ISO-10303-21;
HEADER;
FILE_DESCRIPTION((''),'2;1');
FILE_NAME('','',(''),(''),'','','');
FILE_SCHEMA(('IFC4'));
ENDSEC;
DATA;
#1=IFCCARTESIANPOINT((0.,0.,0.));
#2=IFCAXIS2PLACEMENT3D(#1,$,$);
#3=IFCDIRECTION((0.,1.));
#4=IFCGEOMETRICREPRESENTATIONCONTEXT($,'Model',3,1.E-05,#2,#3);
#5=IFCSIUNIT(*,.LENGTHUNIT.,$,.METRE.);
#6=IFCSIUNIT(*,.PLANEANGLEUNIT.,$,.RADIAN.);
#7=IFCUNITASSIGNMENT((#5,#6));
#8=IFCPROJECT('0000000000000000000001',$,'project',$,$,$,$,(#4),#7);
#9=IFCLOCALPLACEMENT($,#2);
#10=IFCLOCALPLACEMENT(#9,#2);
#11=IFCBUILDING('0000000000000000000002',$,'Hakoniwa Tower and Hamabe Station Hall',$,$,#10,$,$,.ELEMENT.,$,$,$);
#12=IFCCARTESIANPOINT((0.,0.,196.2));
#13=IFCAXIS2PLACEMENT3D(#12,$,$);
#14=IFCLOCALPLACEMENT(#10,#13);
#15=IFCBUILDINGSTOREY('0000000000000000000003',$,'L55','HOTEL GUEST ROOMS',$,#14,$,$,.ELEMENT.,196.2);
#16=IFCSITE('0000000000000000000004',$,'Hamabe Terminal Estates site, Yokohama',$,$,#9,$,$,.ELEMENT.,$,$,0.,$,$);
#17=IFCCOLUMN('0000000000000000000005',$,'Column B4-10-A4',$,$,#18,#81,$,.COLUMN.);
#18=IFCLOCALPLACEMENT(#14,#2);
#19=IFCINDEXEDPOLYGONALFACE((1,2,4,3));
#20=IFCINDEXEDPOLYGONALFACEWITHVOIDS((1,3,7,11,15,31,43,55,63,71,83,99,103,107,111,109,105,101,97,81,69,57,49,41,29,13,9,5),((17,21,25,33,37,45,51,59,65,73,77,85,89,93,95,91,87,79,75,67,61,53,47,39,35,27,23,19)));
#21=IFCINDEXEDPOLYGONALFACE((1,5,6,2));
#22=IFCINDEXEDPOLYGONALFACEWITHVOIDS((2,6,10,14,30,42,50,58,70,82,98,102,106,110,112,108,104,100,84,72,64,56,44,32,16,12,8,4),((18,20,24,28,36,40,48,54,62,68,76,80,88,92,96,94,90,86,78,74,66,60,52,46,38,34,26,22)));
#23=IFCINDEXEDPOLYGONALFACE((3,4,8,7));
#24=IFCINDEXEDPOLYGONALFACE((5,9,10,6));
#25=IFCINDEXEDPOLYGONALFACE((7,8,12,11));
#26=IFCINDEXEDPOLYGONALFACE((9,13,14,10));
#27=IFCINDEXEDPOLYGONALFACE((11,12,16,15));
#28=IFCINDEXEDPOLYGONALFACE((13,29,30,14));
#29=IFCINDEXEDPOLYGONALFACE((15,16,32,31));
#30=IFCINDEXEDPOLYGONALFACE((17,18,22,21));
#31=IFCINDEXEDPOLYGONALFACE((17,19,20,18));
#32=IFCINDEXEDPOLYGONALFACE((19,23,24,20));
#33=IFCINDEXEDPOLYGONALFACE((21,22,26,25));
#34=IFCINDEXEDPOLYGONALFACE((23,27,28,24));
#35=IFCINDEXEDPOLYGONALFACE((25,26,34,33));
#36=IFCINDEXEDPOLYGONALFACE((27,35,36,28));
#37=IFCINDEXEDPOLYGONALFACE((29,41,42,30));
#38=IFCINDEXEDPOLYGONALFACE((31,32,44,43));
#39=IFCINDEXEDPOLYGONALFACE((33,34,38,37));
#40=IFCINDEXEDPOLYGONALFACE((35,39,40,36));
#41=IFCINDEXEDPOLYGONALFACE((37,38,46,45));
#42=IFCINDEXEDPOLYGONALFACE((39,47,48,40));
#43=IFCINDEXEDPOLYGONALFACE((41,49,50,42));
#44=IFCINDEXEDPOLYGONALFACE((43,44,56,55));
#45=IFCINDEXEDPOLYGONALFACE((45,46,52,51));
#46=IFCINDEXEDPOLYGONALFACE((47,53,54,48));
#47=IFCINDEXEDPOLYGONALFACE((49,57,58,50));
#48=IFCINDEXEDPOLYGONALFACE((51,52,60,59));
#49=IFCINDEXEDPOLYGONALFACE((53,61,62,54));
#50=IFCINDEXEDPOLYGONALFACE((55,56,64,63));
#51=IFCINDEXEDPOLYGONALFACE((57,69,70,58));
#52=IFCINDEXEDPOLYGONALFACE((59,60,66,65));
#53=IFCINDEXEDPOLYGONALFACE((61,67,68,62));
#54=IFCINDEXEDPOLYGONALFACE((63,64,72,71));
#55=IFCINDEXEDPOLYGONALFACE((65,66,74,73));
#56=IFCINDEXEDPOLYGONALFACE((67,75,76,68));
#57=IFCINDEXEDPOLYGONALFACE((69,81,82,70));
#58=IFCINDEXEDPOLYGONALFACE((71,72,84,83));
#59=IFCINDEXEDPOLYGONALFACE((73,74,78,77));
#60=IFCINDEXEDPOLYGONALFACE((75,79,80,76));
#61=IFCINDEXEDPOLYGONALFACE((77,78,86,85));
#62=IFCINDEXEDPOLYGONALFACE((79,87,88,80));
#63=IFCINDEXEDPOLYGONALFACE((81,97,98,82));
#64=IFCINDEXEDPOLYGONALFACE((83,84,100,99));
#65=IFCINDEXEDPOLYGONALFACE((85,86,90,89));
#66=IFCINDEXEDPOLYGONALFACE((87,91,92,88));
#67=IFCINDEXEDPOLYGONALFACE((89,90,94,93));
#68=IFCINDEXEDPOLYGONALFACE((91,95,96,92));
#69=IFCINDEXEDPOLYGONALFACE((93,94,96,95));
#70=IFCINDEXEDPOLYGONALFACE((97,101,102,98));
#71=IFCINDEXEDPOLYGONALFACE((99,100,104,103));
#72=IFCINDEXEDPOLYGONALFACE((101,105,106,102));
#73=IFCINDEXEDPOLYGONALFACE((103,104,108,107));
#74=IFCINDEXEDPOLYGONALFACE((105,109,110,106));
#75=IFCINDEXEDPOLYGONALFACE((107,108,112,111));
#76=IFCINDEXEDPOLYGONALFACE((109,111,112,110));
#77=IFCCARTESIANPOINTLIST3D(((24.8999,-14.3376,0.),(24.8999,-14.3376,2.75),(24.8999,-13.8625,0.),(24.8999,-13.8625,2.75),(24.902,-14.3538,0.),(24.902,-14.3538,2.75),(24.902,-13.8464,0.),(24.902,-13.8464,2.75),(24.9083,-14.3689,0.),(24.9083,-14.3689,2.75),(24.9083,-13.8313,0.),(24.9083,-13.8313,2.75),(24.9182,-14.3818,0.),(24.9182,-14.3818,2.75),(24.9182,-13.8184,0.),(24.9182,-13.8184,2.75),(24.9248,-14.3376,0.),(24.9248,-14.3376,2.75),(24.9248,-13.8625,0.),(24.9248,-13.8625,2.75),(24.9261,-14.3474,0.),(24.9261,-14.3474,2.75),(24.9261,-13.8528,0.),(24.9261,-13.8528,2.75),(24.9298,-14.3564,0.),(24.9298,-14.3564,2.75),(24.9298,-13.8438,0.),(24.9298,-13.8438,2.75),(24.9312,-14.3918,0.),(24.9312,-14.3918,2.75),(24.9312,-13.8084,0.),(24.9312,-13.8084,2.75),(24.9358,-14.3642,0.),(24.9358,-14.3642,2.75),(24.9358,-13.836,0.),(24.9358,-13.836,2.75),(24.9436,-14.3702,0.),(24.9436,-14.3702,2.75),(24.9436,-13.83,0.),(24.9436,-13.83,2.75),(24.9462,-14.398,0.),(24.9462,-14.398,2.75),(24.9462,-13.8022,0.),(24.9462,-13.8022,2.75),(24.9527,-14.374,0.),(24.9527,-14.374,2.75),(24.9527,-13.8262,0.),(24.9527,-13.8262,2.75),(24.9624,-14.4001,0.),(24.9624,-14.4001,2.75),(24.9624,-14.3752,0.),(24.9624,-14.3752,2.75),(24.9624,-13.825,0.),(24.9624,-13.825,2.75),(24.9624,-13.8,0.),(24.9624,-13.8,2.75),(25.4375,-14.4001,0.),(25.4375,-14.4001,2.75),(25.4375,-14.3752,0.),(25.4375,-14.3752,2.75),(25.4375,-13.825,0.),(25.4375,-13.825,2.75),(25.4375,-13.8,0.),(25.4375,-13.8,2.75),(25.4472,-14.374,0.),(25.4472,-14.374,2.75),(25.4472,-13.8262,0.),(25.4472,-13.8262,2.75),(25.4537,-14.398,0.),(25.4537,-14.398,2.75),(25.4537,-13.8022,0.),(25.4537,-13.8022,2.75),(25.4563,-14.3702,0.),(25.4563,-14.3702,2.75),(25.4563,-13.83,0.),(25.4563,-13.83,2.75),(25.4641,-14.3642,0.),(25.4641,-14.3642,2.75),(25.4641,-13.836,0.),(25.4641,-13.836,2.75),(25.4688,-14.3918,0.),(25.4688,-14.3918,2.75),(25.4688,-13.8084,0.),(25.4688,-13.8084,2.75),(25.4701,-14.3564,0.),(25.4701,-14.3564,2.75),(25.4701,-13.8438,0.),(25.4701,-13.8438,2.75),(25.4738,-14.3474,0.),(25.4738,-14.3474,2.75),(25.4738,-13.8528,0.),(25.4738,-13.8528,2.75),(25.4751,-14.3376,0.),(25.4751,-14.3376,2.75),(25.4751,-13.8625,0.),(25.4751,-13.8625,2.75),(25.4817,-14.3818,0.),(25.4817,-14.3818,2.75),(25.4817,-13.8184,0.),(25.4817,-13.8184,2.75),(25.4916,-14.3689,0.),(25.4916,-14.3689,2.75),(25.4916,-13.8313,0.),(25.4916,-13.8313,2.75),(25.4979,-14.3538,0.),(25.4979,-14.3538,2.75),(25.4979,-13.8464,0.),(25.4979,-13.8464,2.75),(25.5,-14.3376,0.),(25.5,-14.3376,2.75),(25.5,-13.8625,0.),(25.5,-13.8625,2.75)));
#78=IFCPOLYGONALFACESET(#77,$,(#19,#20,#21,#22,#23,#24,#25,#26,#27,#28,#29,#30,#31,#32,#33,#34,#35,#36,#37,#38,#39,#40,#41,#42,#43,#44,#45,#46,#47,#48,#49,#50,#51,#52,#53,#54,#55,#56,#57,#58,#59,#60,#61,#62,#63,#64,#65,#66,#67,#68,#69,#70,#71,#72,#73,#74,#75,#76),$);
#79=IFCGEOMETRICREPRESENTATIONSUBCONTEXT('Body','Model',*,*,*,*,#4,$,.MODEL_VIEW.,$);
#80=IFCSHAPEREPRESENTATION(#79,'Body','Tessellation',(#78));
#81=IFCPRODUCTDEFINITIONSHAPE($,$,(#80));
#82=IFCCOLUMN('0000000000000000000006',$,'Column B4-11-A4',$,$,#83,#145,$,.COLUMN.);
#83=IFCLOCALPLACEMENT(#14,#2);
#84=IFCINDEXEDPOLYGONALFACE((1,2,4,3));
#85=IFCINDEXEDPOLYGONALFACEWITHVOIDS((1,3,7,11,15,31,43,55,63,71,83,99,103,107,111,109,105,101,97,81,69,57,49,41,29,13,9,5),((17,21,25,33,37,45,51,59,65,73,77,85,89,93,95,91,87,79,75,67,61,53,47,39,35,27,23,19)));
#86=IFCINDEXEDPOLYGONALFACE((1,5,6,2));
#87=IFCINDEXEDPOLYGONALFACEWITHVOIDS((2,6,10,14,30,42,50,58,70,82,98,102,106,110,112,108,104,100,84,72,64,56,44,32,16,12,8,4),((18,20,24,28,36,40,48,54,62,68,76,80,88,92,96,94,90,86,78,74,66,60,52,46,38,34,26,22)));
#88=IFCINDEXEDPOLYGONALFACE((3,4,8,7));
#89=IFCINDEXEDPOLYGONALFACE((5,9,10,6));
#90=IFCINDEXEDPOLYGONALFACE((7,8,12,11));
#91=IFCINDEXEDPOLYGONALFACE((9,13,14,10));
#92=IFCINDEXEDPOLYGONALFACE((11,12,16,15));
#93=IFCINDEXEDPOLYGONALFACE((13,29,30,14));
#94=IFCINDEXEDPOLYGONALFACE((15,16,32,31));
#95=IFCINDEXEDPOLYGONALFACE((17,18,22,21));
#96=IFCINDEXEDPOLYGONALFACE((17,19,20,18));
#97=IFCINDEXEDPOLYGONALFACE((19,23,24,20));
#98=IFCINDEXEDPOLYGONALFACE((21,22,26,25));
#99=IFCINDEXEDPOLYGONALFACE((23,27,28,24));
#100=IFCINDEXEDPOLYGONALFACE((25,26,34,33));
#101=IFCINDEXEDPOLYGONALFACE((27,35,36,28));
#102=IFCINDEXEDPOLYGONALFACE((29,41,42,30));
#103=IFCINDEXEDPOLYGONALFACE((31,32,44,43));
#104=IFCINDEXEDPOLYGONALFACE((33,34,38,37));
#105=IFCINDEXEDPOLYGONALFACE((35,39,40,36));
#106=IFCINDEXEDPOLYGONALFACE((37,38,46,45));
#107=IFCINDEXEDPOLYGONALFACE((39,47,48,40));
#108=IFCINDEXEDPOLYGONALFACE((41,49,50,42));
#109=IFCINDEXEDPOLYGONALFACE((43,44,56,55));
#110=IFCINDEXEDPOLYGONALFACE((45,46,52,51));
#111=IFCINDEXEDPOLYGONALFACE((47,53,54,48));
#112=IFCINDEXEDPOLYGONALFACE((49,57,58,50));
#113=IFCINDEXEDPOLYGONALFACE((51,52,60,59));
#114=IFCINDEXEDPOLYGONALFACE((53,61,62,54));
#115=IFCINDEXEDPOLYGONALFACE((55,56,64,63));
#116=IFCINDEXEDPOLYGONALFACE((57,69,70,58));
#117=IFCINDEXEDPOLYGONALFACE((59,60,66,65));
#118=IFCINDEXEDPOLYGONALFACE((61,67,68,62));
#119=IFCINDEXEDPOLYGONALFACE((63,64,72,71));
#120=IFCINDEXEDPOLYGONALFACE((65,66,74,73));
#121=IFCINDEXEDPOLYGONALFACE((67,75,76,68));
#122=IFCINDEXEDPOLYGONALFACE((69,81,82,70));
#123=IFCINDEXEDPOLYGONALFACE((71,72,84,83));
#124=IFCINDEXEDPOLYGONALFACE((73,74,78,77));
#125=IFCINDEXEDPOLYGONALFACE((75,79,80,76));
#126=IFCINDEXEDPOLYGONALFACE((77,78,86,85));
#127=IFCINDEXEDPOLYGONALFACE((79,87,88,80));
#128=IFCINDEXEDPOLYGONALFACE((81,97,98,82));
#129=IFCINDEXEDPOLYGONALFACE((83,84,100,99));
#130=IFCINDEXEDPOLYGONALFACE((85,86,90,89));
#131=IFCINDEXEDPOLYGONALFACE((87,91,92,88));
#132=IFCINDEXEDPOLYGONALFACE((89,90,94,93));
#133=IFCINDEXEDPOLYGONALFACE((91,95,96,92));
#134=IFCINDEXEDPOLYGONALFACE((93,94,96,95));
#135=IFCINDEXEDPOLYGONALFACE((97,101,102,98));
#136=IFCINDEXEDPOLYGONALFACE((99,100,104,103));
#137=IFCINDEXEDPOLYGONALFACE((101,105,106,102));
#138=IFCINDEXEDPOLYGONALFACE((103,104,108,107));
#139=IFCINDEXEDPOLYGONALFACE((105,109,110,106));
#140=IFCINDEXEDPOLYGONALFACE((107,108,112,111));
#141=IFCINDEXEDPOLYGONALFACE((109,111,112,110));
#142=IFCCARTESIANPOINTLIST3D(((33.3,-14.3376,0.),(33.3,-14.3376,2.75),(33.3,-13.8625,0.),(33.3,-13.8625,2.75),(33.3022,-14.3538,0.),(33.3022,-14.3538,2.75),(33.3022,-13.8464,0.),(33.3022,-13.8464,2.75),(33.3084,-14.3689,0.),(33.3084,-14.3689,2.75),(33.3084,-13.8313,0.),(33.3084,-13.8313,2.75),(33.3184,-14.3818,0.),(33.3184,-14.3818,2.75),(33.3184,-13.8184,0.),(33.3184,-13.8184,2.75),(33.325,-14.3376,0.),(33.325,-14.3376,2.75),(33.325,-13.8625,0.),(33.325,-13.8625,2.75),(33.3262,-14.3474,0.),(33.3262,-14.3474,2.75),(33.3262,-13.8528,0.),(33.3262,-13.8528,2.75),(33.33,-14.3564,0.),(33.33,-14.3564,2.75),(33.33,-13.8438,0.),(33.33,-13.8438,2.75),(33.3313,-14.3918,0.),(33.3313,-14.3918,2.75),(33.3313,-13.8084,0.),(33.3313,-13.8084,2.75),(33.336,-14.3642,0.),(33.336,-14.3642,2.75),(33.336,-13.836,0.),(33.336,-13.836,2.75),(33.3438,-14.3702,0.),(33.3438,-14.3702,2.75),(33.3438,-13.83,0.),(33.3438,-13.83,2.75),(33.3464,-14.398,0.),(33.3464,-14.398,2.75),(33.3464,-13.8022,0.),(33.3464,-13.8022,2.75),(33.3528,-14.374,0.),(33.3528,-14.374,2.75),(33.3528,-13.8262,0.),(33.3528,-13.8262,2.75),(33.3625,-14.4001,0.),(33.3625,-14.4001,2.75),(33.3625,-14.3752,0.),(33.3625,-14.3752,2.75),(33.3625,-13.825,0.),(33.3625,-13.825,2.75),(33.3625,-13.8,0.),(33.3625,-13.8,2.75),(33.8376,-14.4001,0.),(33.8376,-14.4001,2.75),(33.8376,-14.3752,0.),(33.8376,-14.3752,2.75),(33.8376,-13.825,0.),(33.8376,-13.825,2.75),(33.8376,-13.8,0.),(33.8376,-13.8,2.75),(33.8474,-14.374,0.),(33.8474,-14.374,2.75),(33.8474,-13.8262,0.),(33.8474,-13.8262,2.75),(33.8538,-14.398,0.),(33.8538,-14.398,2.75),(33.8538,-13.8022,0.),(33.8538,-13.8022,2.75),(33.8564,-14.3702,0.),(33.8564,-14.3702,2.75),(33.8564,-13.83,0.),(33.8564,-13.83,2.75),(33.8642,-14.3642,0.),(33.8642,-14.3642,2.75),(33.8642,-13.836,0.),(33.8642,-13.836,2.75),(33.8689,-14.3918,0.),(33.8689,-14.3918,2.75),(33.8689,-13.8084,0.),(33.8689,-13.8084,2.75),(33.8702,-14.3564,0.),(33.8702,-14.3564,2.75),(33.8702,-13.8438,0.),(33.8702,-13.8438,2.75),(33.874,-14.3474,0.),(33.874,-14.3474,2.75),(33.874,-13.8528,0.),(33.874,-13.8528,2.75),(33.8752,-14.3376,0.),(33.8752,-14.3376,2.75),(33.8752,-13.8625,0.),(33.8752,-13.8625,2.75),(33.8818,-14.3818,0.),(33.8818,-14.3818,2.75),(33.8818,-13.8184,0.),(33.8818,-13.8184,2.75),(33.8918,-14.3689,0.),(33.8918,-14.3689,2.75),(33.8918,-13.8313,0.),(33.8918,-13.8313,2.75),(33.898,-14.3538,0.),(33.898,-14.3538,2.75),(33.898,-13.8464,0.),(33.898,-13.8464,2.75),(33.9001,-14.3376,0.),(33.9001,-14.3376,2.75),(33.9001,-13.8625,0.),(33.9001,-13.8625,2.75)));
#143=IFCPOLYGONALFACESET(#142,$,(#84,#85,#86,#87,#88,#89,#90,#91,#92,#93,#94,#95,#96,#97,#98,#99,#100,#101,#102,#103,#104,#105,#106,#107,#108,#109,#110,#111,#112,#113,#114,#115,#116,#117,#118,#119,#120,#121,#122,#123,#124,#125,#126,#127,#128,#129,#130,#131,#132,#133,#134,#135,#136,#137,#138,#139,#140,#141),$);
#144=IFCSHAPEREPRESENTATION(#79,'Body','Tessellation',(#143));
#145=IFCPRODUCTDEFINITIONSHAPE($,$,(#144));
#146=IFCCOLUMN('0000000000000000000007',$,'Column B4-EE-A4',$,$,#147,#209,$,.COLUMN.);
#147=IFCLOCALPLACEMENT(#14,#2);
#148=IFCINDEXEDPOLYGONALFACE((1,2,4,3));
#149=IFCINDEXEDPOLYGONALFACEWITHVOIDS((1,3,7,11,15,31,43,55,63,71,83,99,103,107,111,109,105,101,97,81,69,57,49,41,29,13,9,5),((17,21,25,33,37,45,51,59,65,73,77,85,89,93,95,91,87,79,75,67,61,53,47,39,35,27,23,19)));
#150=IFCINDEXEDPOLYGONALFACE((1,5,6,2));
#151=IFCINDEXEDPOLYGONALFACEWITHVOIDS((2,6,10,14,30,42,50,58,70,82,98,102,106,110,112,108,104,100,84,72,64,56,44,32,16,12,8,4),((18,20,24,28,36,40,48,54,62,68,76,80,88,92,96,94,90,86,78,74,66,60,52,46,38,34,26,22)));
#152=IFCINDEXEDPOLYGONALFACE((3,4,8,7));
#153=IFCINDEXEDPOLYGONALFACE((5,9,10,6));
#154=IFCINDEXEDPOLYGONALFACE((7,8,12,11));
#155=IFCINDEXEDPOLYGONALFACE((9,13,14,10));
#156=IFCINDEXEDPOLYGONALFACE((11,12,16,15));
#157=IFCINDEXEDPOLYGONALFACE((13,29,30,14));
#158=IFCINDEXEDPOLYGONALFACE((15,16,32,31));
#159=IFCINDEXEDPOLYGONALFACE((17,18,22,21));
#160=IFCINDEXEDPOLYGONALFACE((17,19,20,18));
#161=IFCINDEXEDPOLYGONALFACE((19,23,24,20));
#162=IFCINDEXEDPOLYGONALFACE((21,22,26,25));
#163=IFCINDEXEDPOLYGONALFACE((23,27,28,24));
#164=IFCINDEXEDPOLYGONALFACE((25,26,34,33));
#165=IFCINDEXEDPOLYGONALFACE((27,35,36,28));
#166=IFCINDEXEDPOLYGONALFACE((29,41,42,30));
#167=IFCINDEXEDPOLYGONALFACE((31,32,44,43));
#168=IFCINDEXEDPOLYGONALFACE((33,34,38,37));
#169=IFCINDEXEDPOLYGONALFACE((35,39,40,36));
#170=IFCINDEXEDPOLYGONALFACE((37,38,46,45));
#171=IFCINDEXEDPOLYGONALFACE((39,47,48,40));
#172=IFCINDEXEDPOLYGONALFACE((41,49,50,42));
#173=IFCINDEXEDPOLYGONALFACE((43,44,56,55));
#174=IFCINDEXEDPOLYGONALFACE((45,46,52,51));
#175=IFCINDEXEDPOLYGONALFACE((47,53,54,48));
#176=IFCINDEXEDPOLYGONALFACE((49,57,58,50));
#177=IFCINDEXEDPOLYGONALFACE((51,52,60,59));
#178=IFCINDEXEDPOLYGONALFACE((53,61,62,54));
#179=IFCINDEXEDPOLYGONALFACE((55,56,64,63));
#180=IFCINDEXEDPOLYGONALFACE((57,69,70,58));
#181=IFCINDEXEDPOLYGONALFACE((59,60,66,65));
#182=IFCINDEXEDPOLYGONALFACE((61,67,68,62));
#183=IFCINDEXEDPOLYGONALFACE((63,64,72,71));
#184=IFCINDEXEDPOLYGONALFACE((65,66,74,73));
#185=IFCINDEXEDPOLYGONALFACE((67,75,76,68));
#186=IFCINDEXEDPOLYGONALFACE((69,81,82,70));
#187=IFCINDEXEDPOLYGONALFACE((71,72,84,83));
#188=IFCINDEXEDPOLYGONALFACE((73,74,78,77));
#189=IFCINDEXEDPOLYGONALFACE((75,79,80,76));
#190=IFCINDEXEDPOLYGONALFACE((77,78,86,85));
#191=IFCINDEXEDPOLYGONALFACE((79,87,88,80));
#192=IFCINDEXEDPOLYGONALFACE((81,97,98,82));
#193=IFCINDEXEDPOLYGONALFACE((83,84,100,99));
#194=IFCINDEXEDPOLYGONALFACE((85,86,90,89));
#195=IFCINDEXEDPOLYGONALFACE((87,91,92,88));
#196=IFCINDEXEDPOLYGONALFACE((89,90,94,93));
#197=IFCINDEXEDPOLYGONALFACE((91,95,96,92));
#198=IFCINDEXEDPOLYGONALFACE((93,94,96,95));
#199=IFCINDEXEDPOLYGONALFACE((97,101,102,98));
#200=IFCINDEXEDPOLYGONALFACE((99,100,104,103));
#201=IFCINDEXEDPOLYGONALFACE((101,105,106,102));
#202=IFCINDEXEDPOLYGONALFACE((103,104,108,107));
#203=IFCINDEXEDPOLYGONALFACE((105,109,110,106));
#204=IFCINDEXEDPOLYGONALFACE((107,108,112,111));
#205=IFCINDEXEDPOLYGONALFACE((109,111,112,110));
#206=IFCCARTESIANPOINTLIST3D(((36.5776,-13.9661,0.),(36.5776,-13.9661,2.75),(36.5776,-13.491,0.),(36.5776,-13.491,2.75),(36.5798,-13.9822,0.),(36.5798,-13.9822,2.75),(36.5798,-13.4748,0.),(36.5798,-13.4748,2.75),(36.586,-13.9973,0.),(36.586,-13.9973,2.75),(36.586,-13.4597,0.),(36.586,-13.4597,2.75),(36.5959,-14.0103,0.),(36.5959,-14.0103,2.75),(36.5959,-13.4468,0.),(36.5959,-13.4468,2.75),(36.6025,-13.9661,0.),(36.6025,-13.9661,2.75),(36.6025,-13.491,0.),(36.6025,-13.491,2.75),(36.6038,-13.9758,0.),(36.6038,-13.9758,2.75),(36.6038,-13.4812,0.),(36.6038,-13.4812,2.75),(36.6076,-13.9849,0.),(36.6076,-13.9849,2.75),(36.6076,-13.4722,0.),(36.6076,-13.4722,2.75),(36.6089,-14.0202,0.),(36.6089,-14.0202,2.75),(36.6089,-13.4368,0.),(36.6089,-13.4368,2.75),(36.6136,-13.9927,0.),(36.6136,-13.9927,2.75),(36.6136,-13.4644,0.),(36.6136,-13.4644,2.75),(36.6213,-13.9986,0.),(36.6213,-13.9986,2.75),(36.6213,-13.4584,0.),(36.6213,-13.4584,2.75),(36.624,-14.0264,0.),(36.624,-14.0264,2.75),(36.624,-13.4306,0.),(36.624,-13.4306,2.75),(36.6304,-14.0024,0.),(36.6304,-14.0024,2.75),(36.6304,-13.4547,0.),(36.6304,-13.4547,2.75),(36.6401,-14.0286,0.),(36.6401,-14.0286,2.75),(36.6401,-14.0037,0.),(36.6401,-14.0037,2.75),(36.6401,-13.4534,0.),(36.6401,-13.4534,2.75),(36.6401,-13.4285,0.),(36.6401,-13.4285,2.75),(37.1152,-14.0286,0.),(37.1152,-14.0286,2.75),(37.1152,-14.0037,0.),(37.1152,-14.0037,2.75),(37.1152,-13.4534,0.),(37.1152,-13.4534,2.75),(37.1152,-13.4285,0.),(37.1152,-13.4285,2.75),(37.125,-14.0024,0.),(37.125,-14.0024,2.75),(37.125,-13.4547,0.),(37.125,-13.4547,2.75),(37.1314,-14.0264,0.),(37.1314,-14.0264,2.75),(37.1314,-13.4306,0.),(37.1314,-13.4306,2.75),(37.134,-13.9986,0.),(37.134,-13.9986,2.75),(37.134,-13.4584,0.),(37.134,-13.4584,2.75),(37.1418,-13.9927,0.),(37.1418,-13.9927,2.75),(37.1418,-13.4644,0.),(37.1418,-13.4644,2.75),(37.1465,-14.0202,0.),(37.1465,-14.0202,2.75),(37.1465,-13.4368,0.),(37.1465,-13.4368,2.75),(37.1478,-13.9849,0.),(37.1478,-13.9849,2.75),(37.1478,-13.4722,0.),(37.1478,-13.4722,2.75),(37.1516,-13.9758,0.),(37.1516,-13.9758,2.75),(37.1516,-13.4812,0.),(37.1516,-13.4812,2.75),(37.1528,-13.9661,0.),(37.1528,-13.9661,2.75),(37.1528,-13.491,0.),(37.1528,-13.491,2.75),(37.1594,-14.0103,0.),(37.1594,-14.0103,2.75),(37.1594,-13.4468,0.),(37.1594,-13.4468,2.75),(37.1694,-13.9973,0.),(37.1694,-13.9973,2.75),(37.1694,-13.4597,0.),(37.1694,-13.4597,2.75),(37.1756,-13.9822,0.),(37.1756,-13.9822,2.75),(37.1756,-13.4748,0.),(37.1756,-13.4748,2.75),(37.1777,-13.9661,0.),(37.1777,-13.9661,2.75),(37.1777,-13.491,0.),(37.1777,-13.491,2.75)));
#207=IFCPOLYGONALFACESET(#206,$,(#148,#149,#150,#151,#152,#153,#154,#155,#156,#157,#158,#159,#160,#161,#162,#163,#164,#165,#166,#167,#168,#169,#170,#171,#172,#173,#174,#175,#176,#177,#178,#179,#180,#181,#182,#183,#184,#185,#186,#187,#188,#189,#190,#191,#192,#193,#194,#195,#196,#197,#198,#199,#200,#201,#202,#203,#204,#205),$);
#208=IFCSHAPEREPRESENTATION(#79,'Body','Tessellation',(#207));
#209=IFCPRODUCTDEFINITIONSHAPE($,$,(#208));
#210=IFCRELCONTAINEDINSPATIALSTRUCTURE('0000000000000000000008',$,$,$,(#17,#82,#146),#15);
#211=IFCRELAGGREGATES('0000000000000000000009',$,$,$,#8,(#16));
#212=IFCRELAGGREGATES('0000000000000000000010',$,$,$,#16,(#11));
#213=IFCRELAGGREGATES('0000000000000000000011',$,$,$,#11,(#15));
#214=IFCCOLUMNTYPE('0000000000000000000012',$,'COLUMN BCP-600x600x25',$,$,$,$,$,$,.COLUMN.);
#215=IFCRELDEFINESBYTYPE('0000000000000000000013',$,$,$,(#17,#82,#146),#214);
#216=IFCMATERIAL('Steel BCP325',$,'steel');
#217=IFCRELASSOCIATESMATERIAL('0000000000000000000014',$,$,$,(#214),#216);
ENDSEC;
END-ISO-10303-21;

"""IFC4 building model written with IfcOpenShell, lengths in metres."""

from ifc_helpers import new_model, si_unit, direction, frame, origin, origin_2d, place, context, subcontext, project, spatial, hollow_rectangle, extrude, material, material_profile, profile_set, type_object, element, save


model = new_model("IFC4")

# Units and contexts
model_context = context("Model", 3, precision=1e-05, world=origin(), true_north=direction((0.0, 1.0)))
body_context = subcontext(model_context, "Body", "Model", "MODEL_VIEW")
ifc_project = project(units=[si_unit("LENGTHUNIT", "METRE"), si_unit("PLANEANGLEUNIT", "RADIAN")], contexts=[model_context])

# Site, building, storey
site_placement = place(None, origin())
site = spatial("IfcSite", under=ifc_project, at=site_placement, Name="Hamabe Terminal Estates site, Yokohama", CompositionType="ELEMENT", RefElevation=0.0)
building_placement = place(site_placement, origin())
building = spatial("IfcBuilding", under=site, at=building_placement, Name="Hakoniwa Tower and Hamabe Station Hall", CompositionType="ELEMENT")
storey_placement = place(building_placement, frame((0.0, 0.0, 196.2)))
storey = spatial("IfcBuildingStorey", under=building, at=storey_placement, Name="L55", Description="HOTEL GUEST ROOMS", CompositionType="ELEMENT", Elevation=196.2)

# Columns
ifc_material_1 = material(Name="Steel BCP325", Category="steel")
ifc_material_profile_1 = material_profile(ifc_material_1, hollow_rectangle(XDim=0.6001, YDim=0.6001, WallThickness=0.0249, InnerFilletRadius=0.0376, OuterFilletRadius=0.0625, at=origin_2d()), Name="BCP-600x600x25")
ifc_profile_set_1 = profile_set([ifc_material_profile_1], Name="Steel BCP325")
column_type = type_object("IfcColumnType", Name="COLUMN BCP-600x600x25", PredefinedType="COLUMN", material=ifc_profile_set_1)
for number, where, z_axis, x_axis, name in (
    (1, (25.2, -14.1001, 0.0), (0.0, 0.0, 1.0), (1.0, 0.0, 0.0), "Column B4-10-A4"),
    (2, (33.6001, -14.1001, 0.0), (0.0, 0.0, 1.0), (1.0, 0.0, 0.0), "Column B4-11-A4"),
    (3, (36.8777, -13.7285, 0.0), (0.0, 0.0, 1.0), (1.0, 0.0, 0.0), "Column B4-EE-A4"),
):
    element("IfcColumn", number, at=place(storey_placement, frame(where, z_axis=z_axis, x_axis=x_axis)), inside=storey, type_object=column_type, Name=name, PredefinedType="COLUMN", context=body_context, shape_type="SweptSolid", body=[
        extrude(hollow_rectangle(XDim=0.6001, YDim=0.6001, WallThickness=0.0249, InnerFilletRadius=0.0376, OuterFilletRadius=0.0625, at=origin_2d()), origin(), (0.0, 0.0, 1.0), 2.75),
    ])

save(model, "model.ifc")
